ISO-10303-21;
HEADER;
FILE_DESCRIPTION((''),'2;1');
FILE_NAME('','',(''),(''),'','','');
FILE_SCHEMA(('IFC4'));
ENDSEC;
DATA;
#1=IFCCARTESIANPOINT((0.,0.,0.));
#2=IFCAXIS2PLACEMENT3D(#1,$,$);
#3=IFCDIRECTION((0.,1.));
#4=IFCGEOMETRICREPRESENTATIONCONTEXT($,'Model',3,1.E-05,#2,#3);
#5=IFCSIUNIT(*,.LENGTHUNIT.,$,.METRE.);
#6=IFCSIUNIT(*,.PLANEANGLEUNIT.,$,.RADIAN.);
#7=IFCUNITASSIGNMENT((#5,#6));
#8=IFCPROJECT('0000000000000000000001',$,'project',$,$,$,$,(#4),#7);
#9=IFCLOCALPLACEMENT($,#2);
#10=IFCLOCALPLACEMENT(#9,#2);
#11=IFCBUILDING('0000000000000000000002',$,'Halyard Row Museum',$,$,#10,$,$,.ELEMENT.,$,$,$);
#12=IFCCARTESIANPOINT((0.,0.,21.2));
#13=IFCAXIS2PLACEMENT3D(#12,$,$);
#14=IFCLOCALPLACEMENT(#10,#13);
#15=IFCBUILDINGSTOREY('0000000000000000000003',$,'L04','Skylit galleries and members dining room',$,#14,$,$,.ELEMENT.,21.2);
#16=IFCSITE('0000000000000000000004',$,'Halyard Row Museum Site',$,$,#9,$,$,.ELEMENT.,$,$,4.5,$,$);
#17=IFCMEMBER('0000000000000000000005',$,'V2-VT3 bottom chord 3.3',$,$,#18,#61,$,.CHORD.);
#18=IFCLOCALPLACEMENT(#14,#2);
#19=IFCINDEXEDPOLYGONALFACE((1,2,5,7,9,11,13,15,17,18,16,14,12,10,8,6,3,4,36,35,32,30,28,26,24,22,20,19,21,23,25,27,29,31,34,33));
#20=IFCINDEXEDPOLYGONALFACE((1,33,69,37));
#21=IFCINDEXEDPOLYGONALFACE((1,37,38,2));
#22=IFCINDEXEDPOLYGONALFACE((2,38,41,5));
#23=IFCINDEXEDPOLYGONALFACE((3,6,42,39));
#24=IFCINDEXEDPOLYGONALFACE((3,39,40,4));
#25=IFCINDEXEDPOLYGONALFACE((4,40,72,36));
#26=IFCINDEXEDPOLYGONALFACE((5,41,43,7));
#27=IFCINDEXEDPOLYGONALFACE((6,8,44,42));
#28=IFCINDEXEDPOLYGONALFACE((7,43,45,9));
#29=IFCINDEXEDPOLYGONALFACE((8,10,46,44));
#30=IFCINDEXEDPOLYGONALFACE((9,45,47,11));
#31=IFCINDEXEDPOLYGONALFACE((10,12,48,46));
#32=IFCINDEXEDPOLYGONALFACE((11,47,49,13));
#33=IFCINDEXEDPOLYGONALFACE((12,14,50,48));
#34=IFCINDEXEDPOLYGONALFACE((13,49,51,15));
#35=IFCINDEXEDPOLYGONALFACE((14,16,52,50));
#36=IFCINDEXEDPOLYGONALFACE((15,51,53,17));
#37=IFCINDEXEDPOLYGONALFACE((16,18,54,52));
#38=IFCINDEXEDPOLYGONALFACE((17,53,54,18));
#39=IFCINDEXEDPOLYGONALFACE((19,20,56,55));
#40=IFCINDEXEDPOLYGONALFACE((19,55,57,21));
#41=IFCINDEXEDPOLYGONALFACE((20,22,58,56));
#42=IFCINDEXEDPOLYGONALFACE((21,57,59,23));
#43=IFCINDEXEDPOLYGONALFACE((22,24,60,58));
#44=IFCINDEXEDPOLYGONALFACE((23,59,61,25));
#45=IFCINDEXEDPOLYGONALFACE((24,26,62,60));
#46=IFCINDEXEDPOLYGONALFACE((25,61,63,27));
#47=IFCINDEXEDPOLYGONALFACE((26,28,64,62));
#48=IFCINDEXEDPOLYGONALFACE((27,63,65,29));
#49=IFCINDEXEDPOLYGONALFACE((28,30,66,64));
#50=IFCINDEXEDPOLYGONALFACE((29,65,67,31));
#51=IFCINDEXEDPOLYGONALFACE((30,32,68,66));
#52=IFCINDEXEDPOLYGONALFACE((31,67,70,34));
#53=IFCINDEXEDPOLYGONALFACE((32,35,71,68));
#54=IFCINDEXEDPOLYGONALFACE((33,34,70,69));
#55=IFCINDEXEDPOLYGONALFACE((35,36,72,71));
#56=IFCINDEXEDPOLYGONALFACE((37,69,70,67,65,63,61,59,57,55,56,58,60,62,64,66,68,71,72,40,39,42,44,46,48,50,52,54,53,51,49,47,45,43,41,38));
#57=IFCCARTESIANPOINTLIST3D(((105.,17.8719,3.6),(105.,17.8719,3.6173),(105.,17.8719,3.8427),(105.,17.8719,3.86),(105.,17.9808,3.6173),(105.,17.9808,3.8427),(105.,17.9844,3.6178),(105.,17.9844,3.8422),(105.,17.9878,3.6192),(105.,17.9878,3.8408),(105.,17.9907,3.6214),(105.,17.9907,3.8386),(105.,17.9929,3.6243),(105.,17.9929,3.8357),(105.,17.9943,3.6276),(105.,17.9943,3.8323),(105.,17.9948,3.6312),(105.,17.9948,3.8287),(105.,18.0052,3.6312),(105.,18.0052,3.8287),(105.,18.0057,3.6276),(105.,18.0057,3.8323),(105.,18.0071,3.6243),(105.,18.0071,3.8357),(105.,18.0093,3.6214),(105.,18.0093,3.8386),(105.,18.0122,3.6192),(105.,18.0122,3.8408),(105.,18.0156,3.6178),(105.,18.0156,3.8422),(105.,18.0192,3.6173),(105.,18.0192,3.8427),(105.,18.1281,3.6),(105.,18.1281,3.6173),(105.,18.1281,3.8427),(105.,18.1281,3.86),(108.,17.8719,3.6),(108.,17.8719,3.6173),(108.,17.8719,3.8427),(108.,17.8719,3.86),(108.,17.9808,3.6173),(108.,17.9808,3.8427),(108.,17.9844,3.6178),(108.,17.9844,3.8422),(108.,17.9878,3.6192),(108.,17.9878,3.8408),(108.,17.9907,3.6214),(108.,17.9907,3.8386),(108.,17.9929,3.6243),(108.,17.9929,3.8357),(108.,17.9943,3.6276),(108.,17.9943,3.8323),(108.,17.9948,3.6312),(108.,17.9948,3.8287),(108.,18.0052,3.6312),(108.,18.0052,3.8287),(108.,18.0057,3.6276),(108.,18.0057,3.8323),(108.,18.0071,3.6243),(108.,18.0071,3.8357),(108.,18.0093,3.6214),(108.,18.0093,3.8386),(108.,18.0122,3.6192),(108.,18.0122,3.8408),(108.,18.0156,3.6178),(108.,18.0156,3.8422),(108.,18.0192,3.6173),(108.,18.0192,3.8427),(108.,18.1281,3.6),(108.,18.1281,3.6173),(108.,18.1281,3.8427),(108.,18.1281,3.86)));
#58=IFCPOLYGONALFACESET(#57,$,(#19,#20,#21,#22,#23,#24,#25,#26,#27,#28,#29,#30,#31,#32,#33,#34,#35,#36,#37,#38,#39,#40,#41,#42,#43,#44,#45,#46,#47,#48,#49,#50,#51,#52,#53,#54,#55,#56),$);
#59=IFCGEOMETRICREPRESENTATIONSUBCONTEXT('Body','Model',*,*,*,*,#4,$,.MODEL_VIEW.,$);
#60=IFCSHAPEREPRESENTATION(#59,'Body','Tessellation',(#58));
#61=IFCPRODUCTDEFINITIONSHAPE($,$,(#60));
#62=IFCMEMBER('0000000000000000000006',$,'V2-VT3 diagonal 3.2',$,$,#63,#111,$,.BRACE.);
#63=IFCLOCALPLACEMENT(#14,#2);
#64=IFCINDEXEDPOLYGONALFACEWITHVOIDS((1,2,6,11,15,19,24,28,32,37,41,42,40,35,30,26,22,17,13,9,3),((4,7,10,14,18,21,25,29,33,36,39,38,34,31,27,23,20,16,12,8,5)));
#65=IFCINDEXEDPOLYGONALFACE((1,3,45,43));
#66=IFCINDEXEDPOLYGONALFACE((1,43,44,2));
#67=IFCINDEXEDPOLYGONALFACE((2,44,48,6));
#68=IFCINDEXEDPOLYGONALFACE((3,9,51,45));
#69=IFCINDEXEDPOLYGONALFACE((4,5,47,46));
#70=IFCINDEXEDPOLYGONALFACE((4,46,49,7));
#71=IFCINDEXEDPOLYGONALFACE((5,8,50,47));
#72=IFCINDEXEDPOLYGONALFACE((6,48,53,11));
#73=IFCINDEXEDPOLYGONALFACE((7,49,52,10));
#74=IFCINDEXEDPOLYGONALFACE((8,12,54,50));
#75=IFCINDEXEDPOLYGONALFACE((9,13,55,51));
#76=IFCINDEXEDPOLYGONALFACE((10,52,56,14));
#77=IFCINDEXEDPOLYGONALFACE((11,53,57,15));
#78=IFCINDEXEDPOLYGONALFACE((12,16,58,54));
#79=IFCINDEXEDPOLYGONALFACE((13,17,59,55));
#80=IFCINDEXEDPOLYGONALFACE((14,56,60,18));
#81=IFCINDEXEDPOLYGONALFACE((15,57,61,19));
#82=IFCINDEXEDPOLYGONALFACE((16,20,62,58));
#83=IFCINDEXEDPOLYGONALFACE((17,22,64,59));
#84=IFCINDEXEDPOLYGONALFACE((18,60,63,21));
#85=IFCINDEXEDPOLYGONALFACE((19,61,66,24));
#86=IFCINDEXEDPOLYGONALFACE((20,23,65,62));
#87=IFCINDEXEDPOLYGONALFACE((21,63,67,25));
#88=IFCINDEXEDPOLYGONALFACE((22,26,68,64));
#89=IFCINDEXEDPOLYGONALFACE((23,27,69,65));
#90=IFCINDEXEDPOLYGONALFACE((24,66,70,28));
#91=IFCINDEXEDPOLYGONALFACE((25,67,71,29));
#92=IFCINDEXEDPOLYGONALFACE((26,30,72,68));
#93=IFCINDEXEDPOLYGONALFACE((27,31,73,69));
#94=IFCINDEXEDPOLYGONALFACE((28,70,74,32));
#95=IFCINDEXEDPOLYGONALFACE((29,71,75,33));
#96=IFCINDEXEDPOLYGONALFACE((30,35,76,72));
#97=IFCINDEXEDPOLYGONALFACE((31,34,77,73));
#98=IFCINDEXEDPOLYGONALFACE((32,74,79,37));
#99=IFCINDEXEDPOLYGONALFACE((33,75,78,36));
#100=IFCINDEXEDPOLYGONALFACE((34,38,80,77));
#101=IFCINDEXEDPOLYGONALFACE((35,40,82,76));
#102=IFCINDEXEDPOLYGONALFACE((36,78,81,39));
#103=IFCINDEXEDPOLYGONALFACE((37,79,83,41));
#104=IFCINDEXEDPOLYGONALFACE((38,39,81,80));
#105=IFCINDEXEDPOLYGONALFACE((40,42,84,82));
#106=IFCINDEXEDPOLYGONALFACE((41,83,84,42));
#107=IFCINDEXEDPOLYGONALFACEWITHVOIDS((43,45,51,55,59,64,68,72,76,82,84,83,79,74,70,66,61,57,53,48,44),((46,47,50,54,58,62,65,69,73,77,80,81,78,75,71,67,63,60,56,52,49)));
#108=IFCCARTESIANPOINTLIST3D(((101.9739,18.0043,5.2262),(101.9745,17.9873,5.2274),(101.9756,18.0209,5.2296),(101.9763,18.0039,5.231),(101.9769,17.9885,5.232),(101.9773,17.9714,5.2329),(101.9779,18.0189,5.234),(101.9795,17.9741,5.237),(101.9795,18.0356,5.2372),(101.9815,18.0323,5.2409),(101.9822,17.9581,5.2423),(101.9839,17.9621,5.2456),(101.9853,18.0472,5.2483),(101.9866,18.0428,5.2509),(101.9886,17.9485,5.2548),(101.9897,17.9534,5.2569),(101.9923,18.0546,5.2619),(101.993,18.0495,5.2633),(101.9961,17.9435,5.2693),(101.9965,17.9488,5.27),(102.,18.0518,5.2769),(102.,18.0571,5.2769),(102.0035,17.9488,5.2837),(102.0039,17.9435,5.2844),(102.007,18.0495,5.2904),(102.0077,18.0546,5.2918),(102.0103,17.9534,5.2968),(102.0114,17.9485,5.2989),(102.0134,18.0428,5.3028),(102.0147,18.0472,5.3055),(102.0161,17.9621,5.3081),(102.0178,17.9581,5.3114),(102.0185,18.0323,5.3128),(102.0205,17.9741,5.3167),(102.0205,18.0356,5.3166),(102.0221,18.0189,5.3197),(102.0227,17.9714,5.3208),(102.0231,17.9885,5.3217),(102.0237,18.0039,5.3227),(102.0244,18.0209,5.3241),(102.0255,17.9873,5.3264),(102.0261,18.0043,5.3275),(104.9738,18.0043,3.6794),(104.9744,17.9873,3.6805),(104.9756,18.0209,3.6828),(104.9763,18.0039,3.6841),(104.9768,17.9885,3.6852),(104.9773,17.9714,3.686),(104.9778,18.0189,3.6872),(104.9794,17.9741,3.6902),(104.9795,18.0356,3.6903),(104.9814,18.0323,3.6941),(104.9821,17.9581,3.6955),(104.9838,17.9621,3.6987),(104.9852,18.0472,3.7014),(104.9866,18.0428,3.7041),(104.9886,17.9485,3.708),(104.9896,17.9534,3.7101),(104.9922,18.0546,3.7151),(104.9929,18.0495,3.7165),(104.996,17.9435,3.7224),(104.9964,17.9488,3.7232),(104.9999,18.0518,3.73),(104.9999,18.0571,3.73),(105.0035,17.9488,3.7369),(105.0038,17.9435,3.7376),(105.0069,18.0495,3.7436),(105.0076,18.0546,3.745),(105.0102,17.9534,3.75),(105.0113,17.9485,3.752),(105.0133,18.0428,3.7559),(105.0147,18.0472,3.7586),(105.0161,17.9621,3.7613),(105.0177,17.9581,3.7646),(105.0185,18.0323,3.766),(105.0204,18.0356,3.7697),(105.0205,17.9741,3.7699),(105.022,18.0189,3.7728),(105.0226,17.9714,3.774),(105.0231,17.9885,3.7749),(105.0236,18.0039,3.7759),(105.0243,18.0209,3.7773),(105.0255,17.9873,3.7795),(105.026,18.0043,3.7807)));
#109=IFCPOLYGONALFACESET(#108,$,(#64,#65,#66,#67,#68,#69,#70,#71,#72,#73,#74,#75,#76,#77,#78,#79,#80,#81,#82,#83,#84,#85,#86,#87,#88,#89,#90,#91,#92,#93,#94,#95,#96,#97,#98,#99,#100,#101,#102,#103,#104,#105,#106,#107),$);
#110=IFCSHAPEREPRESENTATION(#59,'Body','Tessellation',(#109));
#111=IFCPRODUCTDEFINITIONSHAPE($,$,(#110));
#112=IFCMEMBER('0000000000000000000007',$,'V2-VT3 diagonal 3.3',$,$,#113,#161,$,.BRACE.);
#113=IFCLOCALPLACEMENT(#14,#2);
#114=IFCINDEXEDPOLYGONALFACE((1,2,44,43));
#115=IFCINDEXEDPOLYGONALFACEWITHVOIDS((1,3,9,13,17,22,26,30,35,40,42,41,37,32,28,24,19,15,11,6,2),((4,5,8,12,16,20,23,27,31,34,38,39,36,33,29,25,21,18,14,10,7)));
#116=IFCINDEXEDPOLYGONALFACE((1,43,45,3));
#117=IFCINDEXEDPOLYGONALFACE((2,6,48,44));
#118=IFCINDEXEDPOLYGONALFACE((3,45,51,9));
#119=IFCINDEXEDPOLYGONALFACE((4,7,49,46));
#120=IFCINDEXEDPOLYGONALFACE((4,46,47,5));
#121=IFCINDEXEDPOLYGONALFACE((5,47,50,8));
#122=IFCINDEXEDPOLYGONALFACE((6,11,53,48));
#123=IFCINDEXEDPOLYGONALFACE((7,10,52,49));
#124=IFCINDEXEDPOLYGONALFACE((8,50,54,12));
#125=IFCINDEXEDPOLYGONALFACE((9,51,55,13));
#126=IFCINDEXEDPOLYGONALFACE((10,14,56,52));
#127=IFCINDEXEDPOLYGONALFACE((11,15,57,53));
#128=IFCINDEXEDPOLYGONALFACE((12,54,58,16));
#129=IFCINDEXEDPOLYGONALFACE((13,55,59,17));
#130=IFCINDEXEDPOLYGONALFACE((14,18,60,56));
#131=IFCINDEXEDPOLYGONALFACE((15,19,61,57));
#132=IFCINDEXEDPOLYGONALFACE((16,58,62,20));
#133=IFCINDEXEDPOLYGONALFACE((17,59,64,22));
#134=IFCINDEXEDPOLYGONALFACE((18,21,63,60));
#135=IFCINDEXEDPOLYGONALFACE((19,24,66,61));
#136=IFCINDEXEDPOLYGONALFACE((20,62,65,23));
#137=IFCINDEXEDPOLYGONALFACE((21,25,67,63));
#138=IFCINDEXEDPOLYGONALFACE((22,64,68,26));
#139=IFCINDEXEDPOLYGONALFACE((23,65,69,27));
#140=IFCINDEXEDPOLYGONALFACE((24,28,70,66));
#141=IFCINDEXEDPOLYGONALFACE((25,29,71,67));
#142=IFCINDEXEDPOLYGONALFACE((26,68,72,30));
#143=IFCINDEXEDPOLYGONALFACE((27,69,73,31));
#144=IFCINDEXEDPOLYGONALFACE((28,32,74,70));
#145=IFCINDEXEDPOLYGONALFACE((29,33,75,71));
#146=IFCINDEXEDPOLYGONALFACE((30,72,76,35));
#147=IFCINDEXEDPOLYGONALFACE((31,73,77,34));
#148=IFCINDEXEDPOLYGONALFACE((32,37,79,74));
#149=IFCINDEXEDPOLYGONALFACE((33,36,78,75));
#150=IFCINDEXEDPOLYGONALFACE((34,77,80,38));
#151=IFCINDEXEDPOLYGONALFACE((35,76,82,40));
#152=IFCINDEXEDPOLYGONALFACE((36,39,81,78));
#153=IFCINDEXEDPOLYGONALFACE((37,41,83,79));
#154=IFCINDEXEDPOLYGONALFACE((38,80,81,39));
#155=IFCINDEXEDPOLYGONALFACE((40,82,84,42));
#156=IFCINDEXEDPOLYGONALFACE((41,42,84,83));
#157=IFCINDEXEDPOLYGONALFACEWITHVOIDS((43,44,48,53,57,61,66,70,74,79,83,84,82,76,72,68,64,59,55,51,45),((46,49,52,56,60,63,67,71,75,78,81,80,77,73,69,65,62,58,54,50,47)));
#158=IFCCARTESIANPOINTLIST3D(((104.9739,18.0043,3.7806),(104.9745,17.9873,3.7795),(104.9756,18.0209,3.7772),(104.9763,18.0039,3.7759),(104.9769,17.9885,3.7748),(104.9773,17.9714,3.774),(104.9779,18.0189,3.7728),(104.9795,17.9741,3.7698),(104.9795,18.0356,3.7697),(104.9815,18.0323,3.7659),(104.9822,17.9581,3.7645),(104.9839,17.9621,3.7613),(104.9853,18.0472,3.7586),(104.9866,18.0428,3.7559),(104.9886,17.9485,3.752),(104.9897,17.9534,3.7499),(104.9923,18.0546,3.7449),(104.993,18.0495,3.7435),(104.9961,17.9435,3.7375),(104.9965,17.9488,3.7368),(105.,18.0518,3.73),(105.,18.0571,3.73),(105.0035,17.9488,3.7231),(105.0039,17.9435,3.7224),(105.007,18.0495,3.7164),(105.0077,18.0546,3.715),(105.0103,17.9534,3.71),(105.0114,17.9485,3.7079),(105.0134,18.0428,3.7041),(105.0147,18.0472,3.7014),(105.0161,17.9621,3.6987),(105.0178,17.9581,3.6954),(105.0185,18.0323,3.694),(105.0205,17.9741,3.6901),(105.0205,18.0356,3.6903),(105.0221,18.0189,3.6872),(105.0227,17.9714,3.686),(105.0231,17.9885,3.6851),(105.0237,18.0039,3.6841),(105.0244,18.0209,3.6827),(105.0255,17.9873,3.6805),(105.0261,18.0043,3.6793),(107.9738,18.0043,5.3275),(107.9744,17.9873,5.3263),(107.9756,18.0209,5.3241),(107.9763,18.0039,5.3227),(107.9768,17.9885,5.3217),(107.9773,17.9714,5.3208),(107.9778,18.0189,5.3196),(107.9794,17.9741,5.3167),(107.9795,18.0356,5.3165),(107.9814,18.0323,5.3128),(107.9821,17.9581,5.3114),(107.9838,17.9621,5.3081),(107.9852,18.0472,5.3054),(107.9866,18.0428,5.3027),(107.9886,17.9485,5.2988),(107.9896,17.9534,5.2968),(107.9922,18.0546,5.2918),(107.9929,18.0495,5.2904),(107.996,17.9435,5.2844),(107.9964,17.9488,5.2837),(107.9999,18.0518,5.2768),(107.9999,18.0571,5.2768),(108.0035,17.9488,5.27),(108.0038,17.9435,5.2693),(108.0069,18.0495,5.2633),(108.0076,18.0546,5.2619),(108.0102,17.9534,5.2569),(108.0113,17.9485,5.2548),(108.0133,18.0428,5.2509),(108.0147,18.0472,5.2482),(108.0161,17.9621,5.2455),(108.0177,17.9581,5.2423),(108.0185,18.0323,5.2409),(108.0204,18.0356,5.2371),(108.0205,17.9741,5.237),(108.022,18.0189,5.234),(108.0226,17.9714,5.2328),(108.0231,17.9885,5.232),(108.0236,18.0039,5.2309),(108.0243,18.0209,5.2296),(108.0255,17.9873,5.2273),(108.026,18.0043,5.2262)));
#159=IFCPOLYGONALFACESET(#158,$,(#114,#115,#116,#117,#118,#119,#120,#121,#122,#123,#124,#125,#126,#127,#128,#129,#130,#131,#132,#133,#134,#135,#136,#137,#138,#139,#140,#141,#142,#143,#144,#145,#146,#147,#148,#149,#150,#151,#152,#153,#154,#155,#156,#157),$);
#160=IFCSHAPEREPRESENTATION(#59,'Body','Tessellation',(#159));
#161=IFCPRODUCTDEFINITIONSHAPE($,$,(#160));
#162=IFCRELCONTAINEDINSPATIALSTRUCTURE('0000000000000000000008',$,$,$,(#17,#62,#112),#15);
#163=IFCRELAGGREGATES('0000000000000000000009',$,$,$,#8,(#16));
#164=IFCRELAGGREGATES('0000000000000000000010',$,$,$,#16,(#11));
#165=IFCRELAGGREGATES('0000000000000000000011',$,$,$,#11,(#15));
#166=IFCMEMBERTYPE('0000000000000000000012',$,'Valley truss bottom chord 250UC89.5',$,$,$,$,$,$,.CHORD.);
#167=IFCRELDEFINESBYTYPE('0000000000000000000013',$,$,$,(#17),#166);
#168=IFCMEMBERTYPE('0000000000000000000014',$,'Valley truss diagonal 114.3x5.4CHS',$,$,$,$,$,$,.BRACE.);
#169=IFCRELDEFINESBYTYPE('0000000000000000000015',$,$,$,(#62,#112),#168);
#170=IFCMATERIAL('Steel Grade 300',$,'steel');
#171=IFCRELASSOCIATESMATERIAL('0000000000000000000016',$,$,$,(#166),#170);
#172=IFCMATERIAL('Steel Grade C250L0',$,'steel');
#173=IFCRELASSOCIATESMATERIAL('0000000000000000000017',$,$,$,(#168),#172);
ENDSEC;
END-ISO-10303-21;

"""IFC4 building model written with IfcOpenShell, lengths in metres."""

from ifc_helpers import new_model, si_unit, direction, frame, origin, origin_2d, place, context, subcontext, project, spatial, hollow_circle, i_section, extrude, material, material_profile, profile_set, type_object, element, save


model = new_model("IFC4")

# Units and contexts
model_context = context("Model", 3, precision=1e-05, world=origin(), true_north=direction((0.0, 1.0)))
body_context = subcontext(model_context, "Body", "Model", "MODEL_VIEW")
ifc_project = project(units=[si_unit("LENGTHUNIT", "METRE"), si_unit("PLANEANGLEUNIT", "RADIAN")], contexts=[model_context])

# Site, building, storey
site_placement = place(None, origin())
site = spatial("IfcSite", under=ifc_project, at=site_placement, Name="Halyard Row Museum Site", CompositionType="ELEMENT", RefElevation=4.5)
building_placement = place(site_placement, origin())
building = spatial("IfcBuilding", under=site, at=building_placement, Name="Halyard Row Museum", CompositionType="ELEMENT")
storey_placement = place(building_placement, frame((0.0, 0.0, 21.2)))
storey = spatial("IfcBuildingStorey", under=building, at=storey_placement, Name="L04", Description="Skylit galleries and members dining room", CompositionType="ELEMENT", Elevation=21.2)

# Members
ifc_material_1 = material(Name="Steel Grade 300", Category="steel")
ifc_material_profile_1 = material_profile(ifc_material_1, i_section(OverallWidth=0.2561, OverallDepth=0.26, WebThickness=0.0105, FlangeThickness=0.0173, FilletRadius=0.0139, at=origin_2d()), Name="250UC89.5")
ifc_profile_set_1 = profile_set([ifc_material_profile_1], Name="Steel Grade 300")
member_type_1 = type_object("IfcMemberType", Name="Valley truss bottom chord 250UC89.5", PredefinedType="CHORD", material=ifc_profile_set_1)
for number, where, z_axis, x_axis, name in (
    (1, (105.0, 18.0, 3.73), (1.0, 0.0, 0.0), (0.0, 1.0, 0.0), "V2-VT3 bottom chord 3.3"),
):
    element("IfcMember", number, at=place(storey_placement, frame(where, z_axis=z_axis, x_axis=x_axis)), inside=storey, type_object=member_type_1, Name=name, PredefinedType="CHORD", context=body_context, shape_type="SweptSolid", body=[
        extrude(i_section(OverallWidth=0.2561, OverallDepth=0.26, WebThickness=0.0105, FlangeThickness=0.0173, FilletRadius=0.0139, at=origin_2d()), origin(), (0.0, 0.0, 1.0), 3.0),
    ])
ifc_material_2 = material(Name="Steel Grade C250L0", Category="steel")
ifc_material_profile_2 = material_profile(ifc_material_2, hollow_circle(Radius=0.0571, WallThickness=0.0054, at=origin_2d()), Name="114.3x5.4CHS")
ifc_profile_set_2 = profile_set([ifc_material_profile_2], Name="Steel Grade C250L0")
member_type_2 = type_object("IfcMemberType", Name="Valley truss diagonal 114.3x5.4CHS", PredefinedType="BRACE", material=ifc_profile_set_2)
for number, where, z_axis, x_axis, name in (
    (2, (102.0, 18.0, 5.2769), (0.888803, 0.0, -0.458289), (0.0, 1.0, 0.0), "V2-VT3 diagonal 3.2"),
    (3, (105.0, 18.0, 3.73), (0.888803, 0.0, 0.458289), (0.0, 1.0, 0.0), "V2-VT3 diagonal 3.3"),
):
    element("IfcMember", number, at=place(storey_placement, frame(where, z_axis=z_axis, x_axis=x_axis)), inside=storey, type_object=member_type_2, Name=name, PredefinedType="BRACE", context=body_context, shape_type="SweptSolid", body=[
        extrude(hollow_circle(Radius=0.0571, WallThickness=0.0054, at=origin_2d()), origin(), (0.0, 0.0, 1.0), 3.3752),
    ])

save(model, "model.ifc")
